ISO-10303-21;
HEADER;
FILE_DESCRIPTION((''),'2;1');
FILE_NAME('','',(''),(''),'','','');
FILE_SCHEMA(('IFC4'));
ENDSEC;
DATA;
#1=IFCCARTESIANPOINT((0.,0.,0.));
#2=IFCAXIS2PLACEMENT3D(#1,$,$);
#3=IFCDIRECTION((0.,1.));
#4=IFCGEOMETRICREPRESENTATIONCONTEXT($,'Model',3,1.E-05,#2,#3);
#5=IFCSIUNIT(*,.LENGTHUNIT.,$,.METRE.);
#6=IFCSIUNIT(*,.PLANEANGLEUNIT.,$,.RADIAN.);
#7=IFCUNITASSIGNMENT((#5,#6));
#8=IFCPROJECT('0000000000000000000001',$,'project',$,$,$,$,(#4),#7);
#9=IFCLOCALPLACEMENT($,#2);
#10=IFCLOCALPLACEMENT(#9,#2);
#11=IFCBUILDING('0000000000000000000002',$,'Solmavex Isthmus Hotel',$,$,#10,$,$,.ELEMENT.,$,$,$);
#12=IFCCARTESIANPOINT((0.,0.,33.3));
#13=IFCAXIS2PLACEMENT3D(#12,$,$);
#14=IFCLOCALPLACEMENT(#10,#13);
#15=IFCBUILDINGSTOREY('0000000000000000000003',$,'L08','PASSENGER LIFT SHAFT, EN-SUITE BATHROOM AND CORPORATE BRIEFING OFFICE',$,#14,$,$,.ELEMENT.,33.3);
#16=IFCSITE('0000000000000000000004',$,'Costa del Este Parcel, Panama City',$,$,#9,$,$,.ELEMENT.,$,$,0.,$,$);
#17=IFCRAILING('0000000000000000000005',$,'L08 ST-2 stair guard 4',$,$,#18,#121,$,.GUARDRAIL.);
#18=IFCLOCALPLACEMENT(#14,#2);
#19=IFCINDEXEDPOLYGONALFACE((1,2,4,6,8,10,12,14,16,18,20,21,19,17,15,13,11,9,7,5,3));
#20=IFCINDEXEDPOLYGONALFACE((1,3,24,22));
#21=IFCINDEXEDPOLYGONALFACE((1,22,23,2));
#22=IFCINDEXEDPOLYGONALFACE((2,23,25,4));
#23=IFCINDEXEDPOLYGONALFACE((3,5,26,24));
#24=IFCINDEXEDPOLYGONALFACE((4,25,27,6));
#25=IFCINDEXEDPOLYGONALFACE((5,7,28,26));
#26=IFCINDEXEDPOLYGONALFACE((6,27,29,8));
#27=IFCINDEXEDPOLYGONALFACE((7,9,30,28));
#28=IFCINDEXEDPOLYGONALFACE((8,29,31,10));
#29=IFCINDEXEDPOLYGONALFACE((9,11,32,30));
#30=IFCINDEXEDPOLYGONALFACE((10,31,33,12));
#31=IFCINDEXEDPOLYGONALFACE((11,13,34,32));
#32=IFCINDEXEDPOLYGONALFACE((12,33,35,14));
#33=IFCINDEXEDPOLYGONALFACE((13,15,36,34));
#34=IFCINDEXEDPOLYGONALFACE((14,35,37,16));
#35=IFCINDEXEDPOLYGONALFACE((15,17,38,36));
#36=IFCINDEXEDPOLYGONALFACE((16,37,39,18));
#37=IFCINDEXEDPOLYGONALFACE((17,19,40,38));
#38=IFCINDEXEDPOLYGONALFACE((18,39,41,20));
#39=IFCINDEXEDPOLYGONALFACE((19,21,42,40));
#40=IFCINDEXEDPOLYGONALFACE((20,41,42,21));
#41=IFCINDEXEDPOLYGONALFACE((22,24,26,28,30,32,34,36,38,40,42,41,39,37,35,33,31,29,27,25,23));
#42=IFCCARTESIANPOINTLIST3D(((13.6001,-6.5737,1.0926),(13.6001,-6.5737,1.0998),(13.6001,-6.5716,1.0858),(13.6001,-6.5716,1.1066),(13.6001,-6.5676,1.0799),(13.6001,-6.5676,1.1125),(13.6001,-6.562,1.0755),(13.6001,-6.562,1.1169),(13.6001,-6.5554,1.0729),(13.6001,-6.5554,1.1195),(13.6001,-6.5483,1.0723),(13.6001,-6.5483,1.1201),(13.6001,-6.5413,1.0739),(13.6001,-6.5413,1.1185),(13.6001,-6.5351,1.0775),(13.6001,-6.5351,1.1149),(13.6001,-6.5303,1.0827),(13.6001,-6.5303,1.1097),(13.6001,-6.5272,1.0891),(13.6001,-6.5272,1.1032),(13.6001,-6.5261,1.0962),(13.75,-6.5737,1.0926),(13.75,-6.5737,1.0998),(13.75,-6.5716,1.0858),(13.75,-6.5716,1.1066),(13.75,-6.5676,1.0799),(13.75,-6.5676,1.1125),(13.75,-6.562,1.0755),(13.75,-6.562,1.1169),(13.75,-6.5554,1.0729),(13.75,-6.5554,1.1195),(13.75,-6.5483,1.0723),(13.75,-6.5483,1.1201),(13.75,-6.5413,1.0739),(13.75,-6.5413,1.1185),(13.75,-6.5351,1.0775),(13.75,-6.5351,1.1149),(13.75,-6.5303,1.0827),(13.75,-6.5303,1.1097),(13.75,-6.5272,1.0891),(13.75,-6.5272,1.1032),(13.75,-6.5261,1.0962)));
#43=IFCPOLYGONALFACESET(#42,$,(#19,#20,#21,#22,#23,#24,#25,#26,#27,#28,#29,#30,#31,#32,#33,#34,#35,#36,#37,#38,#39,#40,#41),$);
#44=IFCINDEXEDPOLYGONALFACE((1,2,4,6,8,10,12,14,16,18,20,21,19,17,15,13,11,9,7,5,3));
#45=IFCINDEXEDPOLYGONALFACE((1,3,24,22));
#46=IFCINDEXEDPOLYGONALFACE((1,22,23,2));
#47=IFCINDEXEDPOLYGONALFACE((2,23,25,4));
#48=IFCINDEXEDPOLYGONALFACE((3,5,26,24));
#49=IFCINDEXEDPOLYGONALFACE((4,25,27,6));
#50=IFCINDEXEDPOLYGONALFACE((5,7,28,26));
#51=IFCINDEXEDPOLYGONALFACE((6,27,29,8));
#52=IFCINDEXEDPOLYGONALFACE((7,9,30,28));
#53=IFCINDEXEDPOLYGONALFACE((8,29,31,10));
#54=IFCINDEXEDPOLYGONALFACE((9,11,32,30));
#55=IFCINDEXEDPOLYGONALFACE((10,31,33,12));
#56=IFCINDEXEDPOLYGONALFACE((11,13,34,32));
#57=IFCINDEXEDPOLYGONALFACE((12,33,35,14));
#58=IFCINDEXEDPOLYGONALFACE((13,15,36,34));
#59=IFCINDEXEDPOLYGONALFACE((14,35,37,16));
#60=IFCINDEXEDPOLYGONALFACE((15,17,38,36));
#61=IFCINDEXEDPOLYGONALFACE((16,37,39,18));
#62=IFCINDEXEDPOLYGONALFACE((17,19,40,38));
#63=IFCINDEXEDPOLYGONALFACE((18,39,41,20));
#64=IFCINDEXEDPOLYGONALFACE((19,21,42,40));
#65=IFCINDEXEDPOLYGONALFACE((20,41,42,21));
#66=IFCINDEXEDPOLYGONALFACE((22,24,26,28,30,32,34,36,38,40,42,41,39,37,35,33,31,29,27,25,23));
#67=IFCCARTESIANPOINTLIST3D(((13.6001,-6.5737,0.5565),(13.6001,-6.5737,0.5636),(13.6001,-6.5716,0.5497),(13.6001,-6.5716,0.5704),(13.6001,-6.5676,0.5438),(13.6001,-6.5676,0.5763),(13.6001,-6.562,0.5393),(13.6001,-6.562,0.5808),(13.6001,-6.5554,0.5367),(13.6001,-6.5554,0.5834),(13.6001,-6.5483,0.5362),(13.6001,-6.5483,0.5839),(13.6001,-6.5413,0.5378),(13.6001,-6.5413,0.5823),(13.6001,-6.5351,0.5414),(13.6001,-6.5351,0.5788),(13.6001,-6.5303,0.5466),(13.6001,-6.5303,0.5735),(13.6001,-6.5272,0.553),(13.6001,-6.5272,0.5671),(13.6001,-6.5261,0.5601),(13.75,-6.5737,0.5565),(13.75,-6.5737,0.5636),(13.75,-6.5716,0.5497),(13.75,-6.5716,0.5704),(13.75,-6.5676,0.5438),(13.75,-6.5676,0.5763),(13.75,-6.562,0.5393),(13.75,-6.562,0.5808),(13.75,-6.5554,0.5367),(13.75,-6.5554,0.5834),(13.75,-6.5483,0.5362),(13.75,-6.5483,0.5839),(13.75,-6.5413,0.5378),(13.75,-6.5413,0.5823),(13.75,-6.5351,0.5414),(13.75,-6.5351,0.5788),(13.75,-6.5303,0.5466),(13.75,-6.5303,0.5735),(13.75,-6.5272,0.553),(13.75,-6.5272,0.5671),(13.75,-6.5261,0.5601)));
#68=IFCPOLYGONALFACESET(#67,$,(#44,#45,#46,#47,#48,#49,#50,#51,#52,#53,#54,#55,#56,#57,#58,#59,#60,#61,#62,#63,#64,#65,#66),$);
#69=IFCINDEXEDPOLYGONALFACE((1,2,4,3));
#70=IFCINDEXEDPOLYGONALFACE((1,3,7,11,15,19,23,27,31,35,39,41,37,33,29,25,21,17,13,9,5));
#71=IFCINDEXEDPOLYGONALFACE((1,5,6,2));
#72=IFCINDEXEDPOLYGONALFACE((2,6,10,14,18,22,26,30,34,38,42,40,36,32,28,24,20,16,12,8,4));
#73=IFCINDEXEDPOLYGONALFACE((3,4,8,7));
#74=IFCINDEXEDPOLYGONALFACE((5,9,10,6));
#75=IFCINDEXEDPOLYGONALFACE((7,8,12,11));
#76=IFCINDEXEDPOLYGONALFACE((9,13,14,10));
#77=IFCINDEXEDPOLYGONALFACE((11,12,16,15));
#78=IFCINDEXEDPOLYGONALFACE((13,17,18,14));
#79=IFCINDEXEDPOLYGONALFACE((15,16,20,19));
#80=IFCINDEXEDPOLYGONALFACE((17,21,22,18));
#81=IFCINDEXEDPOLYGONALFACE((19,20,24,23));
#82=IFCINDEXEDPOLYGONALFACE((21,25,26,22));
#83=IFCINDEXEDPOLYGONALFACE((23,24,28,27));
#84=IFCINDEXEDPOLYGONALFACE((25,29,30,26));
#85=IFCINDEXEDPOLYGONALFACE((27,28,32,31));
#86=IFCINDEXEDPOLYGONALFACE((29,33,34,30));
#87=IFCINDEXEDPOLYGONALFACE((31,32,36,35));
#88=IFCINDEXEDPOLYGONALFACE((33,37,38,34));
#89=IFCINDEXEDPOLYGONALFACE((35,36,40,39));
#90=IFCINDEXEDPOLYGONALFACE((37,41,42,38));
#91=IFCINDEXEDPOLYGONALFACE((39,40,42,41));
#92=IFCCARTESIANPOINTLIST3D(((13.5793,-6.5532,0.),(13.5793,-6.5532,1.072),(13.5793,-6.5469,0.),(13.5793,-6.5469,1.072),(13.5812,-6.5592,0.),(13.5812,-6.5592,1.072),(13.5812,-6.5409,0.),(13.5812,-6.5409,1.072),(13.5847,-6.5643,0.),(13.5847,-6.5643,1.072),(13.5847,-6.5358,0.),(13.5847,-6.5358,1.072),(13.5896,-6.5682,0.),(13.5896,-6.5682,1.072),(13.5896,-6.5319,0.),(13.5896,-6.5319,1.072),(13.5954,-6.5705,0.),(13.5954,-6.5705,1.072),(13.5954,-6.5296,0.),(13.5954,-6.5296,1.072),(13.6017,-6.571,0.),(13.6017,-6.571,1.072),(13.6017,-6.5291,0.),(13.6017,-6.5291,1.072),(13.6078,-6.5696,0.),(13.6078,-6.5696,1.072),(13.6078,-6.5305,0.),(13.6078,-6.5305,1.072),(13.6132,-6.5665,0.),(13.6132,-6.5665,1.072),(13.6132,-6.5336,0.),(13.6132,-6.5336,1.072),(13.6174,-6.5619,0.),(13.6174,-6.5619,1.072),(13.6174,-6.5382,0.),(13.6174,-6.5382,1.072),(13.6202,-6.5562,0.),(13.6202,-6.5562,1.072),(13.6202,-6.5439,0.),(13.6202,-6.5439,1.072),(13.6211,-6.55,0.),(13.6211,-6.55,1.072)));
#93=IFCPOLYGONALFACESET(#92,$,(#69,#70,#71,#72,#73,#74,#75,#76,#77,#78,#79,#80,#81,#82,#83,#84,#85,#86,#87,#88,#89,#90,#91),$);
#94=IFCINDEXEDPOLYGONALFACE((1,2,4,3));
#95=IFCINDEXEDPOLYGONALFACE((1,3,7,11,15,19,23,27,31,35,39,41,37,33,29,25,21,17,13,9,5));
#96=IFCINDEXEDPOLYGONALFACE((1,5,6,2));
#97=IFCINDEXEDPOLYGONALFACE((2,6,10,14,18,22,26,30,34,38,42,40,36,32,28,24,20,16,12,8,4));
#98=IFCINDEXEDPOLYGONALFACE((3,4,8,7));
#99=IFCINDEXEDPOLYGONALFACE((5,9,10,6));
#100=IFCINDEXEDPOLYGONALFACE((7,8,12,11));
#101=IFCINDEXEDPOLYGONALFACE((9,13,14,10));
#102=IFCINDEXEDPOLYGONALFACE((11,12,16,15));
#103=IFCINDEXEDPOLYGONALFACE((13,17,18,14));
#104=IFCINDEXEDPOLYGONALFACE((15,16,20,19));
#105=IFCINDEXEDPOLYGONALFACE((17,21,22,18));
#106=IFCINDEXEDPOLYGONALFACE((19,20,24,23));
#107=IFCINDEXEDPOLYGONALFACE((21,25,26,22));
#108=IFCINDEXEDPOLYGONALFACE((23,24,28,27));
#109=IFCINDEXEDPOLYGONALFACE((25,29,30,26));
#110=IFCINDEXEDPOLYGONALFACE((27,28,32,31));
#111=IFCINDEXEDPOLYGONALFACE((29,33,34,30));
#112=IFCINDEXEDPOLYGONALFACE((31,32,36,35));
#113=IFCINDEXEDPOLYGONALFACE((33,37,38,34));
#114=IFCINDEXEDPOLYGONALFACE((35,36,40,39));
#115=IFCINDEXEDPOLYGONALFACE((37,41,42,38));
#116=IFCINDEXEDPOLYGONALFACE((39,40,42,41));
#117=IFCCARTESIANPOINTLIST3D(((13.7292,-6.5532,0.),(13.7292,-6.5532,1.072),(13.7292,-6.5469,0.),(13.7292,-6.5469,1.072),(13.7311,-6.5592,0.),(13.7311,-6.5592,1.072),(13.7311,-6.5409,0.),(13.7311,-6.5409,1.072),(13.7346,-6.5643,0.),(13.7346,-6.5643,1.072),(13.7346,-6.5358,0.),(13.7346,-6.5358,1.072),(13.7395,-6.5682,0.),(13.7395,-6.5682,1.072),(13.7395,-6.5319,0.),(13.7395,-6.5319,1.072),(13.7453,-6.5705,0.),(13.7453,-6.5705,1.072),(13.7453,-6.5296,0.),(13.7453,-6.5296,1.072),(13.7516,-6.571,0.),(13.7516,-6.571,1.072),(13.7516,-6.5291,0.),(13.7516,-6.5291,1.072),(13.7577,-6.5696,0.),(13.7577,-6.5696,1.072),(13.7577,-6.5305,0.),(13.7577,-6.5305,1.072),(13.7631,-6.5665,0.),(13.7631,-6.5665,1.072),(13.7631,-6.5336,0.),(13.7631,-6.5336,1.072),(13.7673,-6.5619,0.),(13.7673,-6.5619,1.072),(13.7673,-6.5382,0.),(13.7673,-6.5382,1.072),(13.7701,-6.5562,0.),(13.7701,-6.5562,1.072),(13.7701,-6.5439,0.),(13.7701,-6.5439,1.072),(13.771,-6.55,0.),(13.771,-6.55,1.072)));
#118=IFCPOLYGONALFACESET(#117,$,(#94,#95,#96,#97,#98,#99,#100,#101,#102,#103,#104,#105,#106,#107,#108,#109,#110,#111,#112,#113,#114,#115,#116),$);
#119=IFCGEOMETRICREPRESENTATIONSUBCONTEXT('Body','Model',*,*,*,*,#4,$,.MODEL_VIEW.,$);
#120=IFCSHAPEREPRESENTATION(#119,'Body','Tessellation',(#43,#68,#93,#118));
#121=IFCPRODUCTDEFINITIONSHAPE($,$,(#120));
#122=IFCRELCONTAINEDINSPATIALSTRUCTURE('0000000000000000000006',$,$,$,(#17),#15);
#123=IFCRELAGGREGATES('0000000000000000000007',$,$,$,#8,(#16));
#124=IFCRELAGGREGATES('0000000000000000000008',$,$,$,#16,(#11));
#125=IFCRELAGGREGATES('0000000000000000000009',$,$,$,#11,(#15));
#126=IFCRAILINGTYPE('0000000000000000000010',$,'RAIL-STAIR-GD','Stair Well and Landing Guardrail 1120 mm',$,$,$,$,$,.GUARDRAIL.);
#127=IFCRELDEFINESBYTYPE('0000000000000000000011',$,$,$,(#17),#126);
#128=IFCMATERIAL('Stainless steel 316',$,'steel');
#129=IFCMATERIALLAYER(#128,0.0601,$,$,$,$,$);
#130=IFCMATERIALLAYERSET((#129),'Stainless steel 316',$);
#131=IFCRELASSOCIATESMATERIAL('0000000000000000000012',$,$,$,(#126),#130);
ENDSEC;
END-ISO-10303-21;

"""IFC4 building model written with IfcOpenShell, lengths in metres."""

from ifc_helpers import new_model, si_unit, direction, frame, origin, origin_2d, place, context, subcontext, project, spatial, circle, extrude, material, layer, layer_set, type_object, element, save


model = new_model("IFC4")

# Units and contexts
model_context = context("Model", 3, precision=1e-05, world=origin(), true_north=direction((0.0, 1.0)))
body_context = subcontext(model_context, "Body", "Model", "MODEL_VIEW")
ifc_project = project(units=[si_unit("LENGTHUNIT", "METRE"), si_unit("PLANEANGLEUNIT", "RADIAN")], contexts=[model_context])

# Site, building, storey
site_placement = place(None, origin())
site = spatial("IfcSite", under=ifc_project, at=site_placement, Name="Costa del Este Parcel, Panama City", CompositionType="ELEMENT", RefElevation=0.0)
building_placement = place(site_placement, origin())
building = spatial("IfcBuilding", under=site, at=building_placement, Name="Solmavex Isthmus Hotel", CompositionType="ELEMENT")
storey_placement = place(building_placement, frame((0.0, 0.0, 33.3)))
storey = spatial("IfcBuildingStorey", under=building, at=storey_placement, Name="L08", Description="PASSENGER LIFT SHAFT, EN-SUITE BATHROOM AND CORPORATE BRIEFING OFFICE", CompositionType="ELEMENT", Elevation=33.3)

# Railing
ifc_material_1 = material(Name="Stainless steel 316", Category="steel")
ifc_layer_1 = layer(ifc_material_1, 0.0601)
ifc_layer_set_1 = layer_set([ifc_layer_1], Name="Stainless steel 316")
railing_type_1 = type_object("IfcRailingType", Name="RAIL-STAIR-GD", Description="Stair Well and Landing Guardrail 1120 mm", PredefinedType="GUARDRAIL", material=ifc_layer_set_1)
railing_1_placement = place(storey_placement, frame((13.6001, -6.55, 0.0)))
element("IfcRailing", 1, at=railing_1_placement, inside=storey, type_object=railing_type_1, Name="L08 ST-2 stair guard 4", PredefinedType="GUARDRAIL", context=body_context, shape_type="SweptSolid", body=[
    extrude(circle(Radius=0.0239, at=origin_2d()), frame((0.0, 0.0, 1.0962), z_axis=(1.0, 0.0, 0.0), x_axis=(0.0, 1.0, 0.0)), (0.0, 0.0, 1.0), 0.1499),
    extrude(circle(Radius=0.0239, at=origin_2d()), frame((0.0, 0.0, 0.5601), z_axis=(1.0, 0.0, 0.0), x_axis=(0.0, 1.0, 0.0)), (0.0, 0.0, 1.0), 0.1499),
    extrude(circle(Radius=0.021, at=origin_2d()), origin(), (0.0, 0.0, 1.0), 1.072),
    extrude(circle(Radius=0.021, at=origin_2d()), frame((0.1499, 0.0, 0.0)), (0.0, 0.0, 1.0), 1.072),
])

save(model, "model.ifc")
